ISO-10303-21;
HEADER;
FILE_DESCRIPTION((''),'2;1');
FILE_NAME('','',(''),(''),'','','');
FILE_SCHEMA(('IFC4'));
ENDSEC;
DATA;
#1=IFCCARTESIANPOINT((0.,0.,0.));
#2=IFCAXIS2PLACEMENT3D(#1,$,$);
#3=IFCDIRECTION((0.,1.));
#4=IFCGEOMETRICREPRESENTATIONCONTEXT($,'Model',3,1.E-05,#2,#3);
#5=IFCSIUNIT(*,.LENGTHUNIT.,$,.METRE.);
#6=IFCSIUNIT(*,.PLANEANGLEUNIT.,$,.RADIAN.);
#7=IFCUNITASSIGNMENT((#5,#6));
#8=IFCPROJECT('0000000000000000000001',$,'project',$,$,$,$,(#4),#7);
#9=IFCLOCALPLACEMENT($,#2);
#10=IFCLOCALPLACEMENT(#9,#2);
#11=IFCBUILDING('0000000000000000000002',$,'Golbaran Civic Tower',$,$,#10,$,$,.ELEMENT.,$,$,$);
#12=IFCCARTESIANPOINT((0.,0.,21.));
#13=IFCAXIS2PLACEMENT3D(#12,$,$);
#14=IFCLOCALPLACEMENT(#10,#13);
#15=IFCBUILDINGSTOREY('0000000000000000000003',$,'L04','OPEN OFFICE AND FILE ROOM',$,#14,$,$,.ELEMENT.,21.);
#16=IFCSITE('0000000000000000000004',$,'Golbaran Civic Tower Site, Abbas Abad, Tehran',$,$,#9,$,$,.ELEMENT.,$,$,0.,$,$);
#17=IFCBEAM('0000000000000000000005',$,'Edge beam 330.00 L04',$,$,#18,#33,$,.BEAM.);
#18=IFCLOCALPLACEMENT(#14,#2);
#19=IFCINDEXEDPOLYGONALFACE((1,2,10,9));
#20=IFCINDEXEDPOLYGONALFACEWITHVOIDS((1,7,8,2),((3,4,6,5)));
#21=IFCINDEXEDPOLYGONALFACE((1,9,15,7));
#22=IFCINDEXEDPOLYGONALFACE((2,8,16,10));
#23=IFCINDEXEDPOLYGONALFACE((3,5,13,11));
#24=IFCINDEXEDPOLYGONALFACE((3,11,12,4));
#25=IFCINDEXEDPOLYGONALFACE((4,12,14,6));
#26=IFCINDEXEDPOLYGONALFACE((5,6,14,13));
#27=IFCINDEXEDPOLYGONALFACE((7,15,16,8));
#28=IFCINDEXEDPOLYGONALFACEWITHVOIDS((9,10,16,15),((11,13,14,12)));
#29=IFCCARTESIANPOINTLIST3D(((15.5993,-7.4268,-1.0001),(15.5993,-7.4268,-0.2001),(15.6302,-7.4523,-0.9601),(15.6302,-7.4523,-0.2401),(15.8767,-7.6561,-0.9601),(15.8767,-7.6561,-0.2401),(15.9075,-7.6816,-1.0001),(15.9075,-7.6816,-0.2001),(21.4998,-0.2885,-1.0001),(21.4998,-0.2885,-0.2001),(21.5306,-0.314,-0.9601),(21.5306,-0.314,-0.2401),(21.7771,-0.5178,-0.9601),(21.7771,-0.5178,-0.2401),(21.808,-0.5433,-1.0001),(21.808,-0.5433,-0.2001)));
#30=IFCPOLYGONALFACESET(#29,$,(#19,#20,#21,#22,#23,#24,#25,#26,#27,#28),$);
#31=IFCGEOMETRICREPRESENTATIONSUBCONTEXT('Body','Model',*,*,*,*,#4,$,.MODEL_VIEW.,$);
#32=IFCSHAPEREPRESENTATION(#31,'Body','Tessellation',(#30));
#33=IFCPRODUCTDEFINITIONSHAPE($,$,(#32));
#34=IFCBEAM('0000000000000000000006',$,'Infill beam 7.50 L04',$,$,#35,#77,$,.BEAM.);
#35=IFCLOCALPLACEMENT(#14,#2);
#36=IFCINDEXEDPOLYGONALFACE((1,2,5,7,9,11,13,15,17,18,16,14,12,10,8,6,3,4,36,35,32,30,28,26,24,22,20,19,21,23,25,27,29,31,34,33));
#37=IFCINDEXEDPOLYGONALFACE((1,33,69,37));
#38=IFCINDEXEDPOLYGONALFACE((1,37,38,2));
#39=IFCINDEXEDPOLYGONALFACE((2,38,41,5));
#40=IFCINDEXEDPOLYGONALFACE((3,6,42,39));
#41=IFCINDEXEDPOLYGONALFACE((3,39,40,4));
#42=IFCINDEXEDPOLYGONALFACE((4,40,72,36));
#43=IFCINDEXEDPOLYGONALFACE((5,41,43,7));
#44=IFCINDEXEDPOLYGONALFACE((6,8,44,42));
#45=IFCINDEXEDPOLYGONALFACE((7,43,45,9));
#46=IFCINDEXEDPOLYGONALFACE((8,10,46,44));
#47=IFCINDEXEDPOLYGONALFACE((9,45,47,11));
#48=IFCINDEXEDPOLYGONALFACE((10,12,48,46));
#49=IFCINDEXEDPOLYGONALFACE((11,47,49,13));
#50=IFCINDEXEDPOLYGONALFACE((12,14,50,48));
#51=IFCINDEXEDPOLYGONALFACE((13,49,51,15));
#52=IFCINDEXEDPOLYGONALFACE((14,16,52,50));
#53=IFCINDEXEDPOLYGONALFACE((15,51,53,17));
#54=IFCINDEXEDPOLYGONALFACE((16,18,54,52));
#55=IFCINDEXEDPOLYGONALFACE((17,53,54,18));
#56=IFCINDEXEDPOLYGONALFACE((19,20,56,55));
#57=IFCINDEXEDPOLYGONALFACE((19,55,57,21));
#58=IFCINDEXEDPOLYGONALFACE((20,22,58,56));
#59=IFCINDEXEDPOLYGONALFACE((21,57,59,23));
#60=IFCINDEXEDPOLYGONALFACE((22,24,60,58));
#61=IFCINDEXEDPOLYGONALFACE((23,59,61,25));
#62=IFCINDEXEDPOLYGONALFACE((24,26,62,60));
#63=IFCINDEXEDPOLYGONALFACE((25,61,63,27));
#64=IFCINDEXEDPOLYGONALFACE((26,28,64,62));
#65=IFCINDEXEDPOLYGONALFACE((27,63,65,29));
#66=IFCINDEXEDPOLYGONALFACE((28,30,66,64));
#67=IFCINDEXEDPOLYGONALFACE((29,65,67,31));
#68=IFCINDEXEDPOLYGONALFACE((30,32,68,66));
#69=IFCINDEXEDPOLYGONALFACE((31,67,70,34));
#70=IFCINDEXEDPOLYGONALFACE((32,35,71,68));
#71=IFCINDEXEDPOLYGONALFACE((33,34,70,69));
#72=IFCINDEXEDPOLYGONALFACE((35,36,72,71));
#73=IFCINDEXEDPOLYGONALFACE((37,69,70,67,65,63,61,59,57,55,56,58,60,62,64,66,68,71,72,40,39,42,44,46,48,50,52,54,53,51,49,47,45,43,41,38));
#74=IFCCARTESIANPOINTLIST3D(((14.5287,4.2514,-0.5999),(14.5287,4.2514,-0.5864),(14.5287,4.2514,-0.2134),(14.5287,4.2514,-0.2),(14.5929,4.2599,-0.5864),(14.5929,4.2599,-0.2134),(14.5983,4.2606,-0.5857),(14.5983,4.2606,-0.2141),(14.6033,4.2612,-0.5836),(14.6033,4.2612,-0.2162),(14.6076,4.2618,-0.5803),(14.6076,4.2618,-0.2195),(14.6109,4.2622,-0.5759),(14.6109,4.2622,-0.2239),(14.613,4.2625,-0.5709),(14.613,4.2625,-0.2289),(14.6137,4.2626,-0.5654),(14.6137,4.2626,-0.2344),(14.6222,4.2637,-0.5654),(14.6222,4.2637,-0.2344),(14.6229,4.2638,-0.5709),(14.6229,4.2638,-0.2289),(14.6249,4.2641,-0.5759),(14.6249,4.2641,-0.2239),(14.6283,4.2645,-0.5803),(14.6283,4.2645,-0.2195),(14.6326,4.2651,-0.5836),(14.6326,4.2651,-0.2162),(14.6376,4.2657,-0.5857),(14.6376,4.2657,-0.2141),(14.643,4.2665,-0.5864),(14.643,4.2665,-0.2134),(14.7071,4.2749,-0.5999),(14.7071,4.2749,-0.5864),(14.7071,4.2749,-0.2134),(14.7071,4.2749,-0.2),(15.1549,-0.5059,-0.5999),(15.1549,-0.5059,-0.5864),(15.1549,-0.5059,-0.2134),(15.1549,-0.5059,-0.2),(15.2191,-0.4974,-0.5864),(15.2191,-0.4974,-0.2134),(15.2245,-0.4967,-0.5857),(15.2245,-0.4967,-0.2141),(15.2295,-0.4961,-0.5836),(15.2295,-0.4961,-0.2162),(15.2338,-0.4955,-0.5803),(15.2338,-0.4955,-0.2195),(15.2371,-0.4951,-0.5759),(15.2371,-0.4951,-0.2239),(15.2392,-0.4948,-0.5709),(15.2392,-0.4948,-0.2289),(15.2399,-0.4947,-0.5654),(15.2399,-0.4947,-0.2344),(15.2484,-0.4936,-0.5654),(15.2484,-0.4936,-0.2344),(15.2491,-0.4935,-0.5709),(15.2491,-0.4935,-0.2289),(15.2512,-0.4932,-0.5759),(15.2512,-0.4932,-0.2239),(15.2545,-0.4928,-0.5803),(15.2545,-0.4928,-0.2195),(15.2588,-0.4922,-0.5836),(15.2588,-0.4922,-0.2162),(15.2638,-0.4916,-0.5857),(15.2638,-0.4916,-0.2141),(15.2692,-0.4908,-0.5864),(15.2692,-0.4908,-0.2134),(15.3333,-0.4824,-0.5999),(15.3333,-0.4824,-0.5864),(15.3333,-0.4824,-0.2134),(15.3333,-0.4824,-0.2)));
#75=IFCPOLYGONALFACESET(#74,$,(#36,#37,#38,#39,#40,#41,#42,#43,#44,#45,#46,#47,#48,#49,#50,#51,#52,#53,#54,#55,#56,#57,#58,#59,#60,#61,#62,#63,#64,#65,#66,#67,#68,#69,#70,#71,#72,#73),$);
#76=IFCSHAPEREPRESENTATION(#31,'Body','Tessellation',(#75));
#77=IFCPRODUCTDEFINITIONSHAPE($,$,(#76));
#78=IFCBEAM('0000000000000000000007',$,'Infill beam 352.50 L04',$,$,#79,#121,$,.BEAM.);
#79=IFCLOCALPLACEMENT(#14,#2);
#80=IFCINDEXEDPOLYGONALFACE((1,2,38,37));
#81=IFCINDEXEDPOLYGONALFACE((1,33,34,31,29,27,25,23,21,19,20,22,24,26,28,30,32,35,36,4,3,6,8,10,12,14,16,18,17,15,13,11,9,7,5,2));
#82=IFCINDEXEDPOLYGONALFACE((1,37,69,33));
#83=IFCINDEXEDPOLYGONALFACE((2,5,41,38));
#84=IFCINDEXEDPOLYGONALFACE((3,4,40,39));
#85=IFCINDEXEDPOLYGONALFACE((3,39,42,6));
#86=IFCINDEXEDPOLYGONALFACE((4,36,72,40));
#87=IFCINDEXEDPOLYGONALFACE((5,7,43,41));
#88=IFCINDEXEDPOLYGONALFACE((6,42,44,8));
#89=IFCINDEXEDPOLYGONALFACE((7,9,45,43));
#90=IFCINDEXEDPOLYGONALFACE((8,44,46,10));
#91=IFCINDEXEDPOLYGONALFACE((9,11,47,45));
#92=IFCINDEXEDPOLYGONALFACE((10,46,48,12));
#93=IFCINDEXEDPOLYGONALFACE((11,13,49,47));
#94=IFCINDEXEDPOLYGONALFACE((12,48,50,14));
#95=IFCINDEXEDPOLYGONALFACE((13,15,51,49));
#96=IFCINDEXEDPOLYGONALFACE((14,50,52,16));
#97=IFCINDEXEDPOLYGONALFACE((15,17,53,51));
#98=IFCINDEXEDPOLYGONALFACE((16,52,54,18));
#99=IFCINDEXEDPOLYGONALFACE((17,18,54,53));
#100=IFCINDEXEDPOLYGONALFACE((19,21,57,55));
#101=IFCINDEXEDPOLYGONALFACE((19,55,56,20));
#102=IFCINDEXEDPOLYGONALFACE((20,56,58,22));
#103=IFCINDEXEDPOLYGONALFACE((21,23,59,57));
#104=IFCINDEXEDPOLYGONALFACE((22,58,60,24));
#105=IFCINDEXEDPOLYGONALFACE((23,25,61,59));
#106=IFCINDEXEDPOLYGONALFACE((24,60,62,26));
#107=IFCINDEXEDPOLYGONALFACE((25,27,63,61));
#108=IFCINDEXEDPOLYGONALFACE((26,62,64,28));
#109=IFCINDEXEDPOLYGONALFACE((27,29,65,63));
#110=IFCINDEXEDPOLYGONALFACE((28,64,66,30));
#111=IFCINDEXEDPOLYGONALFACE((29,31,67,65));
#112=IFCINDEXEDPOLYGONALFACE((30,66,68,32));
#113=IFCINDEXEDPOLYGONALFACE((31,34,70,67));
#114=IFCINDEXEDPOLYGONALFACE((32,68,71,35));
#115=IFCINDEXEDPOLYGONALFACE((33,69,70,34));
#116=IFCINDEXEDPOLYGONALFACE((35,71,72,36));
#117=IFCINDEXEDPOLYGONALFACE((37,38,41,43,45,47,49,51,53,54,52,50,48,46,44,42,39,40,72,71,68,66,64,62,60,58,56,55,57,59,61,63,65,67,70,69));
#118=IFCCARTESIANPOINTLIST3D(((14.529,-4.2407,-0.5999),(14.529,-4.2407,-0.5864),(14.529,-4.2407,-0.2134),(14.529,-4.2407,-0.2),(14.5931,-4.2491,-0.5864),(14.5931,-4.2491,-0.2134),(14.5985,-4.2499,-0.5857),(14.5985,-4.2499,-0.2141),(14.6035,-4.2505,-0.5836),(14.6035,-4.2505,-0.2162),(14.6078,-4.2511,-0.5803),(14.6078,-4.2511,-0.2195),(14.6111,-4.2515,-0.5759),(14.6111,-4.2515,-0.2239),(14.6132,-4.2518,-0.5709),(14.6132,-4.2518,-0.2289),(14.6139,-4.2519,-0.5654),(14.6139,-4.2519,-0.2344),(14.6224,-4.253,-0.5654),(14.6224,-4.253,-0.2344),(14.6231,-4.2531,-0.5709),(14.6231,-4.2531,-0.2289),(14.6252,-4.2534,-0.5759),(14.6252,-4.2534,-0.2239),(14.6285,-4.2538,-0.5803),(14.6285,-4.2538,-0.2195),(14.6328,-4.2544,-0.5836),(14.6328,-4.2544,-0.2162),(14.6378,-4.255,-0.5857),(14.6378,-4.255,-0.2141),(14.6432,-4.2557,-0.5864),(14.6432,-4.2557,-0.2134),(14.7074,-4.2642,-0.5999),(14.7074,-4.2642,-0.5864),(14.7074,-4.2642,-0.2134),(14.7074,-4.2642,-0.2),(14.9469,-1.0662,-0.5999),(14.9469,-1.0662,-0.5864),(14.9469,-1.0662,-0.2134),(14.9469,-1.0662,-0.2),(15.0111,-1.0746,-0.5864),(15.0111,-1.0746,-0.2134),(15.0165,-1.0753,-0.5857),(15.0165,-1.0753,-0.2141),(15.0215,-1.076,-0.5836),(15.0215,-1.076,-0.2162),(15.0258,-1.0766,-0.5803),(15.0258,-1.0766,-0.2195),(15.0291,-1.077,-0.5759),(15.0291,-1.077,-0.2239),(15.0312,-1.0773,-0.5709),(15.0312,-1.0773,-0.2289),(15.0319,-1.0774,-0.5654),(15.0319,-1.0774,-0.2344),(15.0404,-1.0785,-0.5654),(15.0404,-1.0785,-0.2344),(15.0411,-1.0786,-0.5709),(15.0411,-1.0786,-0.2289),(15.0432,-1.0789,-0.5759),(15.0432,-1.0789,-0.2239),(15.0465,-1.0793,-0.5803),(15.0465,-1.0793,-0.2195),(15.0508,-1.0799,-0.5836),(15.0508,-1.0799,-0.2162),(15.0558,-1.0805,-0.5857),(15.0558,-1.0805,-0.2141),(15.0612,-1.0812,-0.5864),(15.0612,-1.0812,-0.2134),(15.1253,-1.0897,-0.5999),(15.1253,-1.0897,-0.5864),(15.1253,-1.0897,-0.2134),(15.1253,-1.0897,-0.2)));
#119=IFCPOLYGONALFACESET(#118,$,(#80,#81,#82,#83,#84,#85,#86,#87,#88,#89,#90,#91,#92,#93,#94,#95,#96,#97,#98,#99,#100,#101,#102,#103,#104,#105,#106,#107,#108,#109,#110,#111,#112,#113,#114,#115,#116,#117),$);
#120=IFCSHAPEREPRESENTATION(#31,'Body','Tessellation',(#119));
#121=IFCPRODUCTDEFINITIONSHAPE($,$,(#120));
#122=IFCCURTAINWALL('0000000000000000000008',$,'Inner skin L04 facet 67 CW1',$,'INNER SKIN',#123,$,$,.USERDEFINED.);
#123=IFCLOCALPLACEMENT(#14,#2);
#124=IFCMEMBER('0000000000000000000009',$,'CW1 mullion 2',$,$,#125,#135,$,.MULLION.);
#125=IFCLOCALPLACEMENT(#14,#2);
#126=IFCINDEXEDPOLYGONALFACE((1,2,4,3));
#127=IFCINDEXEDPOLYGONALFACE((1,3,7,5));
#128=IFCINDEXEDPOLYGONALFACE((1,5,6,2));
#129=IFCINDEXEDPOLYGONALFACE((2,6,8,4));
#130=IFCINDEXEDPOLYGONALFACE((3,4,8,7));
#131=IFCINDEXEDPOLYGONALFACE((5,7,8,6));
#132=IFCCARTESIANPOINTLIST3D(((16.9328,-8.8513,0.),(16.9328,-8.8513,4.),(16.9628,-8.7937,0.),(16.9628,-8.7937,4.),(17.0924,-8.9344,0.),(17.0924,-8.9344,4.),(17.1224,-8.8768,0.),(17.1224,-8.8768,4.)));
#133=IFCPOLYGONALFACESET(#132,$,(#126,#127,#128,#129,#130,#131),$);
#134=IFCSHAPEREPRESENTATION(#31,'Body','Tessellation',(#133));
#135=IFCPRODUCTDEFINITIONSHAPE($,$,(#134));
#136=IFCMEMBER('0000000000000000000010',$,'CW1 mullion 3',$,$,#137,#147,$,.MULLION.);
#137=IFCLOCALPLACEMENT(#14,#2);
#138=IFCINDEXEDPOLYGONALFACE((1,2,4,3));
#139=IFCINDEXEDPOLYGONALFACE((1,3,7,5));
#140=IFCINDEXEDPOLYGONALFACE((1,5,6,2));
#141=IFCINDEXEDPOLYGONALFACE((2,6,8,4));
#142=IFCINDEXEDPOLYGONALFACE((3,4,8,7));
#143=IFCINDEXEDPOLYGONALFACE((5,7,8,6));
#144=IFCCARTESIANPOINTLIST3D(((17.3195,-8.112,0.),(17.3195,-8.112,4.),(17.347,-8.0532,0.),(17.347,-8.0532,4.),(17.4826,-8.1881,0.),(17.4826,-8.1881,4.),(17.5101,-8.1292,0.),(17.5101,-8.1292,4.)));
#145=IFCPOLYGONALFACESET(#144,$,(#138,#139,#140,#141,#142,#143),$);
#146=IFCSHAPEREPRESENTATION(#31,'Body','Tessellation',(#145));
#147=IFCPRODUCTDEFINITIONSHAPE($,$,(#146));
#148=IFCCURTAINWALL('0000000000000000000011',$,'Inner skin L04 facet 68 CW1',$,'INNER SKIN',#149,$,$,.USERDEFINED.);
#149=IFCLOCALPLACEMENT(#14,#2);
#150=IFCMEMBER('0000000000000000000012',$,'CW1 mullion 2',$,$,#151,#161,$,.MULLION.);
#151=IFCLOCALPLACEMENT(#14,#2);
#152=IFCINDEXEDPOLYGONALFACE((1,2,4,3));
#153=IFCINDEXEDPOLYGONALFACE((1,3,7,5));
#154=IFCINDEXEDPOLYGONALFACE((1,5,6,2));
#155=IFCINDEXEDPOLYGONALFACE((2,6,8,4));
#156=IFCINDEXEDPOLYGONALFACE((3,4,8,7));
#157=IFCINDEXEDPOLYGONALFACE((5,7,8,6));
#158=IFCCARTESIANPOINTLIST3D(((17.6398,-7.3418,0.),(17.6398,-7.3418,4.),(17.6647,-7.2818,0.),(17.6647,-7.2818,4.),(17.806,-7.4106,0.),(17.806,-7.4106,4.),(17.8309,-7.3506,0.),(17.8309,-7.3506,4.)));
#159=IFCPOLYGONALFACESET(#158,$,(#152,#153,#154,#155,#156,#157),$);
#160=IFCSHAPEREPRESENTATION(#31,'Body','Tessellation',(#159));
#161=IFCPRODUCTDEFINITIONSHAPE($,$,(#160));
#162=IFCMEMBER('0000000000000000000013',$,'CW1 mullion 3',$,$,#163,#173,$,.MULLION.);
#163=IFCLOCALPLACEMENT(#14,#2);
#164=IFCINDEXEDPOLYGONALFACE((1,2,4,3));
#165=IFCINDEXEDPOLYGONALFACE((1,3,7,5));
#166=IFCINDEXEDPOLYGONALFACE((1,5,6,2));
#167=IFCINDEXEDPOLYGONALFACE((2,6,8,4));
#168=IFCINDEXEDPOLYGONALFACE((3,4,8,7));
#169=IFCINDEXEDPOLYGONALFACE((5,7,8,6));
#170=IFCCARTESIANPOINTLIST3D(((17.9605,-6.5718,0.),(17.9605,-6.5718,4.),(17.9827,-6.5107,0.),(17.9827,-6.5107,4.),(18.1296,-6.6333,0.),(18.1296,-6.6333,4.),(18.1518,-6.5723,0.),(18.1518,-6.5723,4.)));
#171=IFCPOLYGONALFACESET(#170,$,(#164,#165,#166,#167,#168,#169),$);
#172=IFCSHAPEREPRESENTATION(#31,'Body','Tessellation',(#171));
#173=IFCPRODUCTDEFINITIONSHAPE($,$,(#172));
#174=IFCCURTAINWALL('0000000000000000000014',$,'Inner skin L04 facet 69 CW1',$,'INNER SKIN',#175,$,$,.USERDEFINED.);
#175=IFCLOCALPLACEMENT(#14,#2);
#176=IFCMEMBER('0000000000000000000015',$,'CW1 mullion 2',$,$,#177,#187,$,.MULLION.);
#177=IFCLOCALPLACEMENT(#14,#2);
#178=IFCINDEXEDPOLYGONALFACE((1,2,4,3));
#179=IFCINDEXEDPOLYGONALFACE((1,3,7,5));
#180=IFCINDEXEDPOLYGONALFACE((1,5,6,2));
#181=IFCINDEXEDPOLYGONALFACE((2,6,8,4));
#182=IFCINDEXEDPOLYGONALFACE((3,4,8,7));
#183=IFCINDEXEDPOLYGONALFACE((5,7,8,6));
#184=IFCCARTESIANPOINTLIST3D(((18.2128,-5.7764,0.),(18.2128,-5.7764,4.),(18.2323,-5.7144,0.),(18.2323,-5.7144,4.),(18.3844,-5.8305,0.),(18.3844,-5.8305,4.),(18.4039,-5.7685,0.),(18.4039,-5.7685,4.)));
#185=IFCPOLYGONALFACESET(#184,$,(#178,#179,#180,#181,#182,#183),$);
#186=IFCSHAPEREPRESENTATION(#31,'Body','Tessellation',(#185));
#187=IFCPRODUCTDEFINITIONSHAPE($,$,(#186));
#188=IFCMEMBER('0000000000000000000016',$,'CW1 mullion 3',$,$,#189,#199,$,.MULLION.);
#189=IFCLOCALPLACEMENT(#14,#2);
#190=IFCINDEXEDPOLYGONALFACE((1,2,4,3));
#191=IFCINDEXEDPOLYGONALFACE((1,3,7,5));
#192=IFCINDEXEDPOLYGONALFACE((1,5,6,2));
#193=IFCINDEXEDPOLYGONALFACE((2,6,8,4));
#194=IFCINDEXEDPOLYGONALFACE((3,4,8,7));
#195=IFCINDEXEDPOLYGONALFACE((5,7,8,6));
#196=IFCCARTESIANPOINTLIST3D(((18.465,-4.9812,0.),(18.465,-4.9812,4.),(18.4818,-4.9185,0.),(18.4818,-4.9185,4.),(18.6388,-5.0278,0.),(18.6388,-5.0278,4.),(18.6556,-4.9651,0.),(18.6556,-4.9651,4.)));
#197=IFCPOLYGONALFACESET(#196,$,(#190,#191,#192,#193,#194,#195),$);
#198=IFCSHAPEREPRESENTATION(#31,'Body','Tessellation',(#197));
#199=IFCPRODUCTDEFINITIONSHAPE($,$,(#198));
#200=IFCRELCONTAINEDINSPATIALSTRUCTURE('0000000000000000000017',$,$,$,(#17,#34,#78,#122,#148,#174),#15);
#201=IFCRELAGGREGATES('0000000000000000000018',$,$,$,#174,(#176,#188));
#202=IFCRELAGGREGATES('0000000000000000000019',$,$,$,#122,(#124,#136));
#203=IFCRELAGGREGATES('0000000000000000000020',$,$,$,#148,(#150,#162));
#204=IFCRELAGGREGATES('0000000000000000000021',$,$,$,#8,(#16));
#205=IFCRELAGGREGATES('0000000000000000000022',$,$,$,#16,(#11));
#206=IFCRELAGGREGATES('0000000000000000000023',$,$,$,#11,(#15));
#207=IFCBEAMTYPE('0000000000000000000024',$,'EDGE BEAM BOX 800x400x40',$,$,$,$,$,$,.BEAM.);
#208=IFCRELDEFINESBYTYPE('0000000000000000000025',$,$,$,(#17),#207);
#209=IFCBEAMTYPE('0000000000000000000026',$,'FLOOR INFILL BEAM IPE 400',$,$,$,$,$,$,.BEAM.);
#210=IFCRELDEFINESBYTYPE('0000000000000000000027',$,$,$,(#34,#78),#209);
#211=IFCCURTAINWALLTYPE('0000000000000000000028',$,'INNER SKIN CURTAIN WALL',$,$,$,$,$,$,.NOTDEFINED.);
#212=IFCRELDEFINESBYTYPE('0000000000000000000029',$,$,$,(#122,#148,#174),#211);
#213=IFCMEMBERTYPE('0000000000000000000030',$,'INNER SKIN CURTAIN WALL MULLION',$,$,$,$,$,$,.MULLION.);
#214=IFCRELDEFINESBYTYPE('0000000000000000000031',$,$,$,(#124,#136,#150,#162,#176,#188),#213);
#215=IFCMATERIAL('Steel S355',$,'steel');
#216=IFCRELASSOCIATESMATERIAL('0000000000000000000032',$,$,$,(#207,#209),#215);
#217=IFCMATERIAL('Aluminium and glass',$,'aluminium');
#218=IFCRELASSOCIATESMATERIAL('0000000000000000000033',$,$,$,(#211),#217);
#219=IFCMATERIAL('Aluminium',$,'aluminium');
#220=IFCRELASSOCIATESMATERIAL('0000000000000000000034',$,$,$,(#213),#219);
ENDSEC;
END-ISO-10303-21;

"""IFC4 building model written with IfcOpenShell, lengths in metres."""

from ifc_helpers import new_model, si_unit, direction, frame, origin, origin_2d, place, context, subcontext, project, spatial, rectangle, hollow_rectangle, i_section, extrude, material, material_profile, profile_set, type_object, element, aggregate, save


model = new_model("IFC4")

# Units and contexts
model_context = context("Model", 3, precision=1e-05, world=origin(), true_north=direction((0.0, 1.0)))
body_context = subcontext(model_context, "Body", "Model", "MODEL_VIEW")
ifc_project = project(units=[si_unit("LENGTHUNIT", "METRE"), si_unit("PLANEANGLEUNIT", "RADIAN")], contexts=[model_context])

# Site, building, storey
site_placement = place(None, origin())
site = spatial("IfcSite", under=ifc_project, at=site_placement, Name="Golbaran Civic Tower Site, Abbas Abad, Tehran", CompositionType="ELEMENT", RefElevation=0.0)
building_placement = place(site_placement, origin())
building = spatial("IfcBuilding", under=site, at=building_placement, Name="Golbaran Civic Tower", CompositionType="ELEMENT")
storey_placement = place(building_placement, frame((0.0, 0.0, 21.0)))
storey = spatial("IfcBuildingStorey", under=building, at=storey_placement, Name="L04", Description="OPEN OFFICE AND FILE ROOM", CompositionType="ELEMENT", Elevation=21.0)

# Beams
ifc_material_1 = material(Name="Steel S355", Category="steel")
ifc_material_profile_1 = material_profile(ifc_material_1, hollow_rectangle(XDim=0.3999, YDim=0.8, WallThickness=0.04, at=origin_2d()), Name="BOX 800x400x40")
ifc_profile_set_1 = profile_set([ifc_material_profile_1], Name="Steel S355")
beam_type_1 = type_object("IfcBeamType", Name="EDGE BEAM BOX 800x400x40", PredefinedType="BEAM", material=ifc_profile_set_1)
beam_1_placement = place(storey_placement, frame((15.7534, -7.5542, -0.6001), z_axis=(0.637114, 0.770769, 0.0), x_axis=(-0.770769, 0.637114, 0.0)))
element("IfcBeam", 1, at=beam_1_placement, inside=storey, type_object=beam_type_1, Name="Edge beam 330.00 L04", PredefinedType="BEAM", context=body_context, shape_type="SweptSolid", body=[
    extrude(hollow_rectangle(XDim=0.3999, YDim=0.8, WallThickness=0.04, at=origin_2d()), origin(), (0.0, 0.0, 1.0), 9.2612),
])
ifc_material_profile_2 = material_profile(ifc_material_1, i_section(OverallWidth=0.1799, OverallDepth=0.3999, WebThickness=0.0085, FlangeThickness=0.0134, FilletRadius=0.021, at=origin_2d()), Name="IPE 400")
ifc_profile_set_2 = profile_set([ifc_material_profile_2], Name="Steel S355")
beam_type_2 = type_object("IfcBeamType", Name="FLOOR INFILL BEAM IPE 400", PredefinedType="BEAM", material=ifc_profile_set_2)
beam_2_placement = place(storey_placement, frame((15.2441, -0.4941, -0.3999), z_axis=(-0.130507, 0.991447, 0.0), x_axis=(-0.991447, -0.130507, 0.0)))
element("IfcBeam", 2, at=beam_2_placement, inside=storey, type_object=beam_type_2, Name="Infill beam 7.50 L04", PredefinedType="BEAM", context=body_context, shape_type="SweptSolid", body=[
    extrude(i_section(OverallWidth=0.1799, OverallDepth=0.3999, WebThickness=0.0085, FlangeThickness=0.0134, FilletRadius=0.021, at=origin_2d()), origin(), (0.0, 0.0, 1.0), 4.7983),
])
beam_3_placement = place(storey_placement, frame((14.6182, -4.2524, -0.3999), z_axis=(0.130535, 0.991444, 0.0), x_axis=(-0.991444, 0.130535, 0.0)))
element("IfcBeam", 3, at=beam_3_placement, inside=storey, type_object=beam_type_2, Name="Infill beam 352.50 L04", PredefinedType="BEAM", context=body_context, shape_type="SweptSolid", body=[
    extrude(i_section(OverallWidth=0.1799, OverallDepth=0.3999, WebThickness=0.0085, FlangeThickness=0.0134, FilletRadius=0.021, at=origin_2d()), origin(), (0.0, 0.0, 1.0), 3.2019),
])

# Curtain walls, members
ifc_material_2 = material(Name="Aluminium and glass", Category="aluminium")
curtain_wall_type = type_object("IfcCurtainWallType", Name="INNER SKIN CURTAIN WALL", PredefinedType="NOTDEFINED", material=ifc_material_2)
curtain_wall_1_placement = place(storey_placement, origin())
curtain_wall_1 = element("IfcCurtainWall", 4, at=curtain_wall_1_placement, inside=storey, type_object=curtain_wall_type, Name="Inner skin L04 facet 67 CW1", ObjectType="INNER SKIN", PredefinedType="USERDEFINED")
ifc_material_3 = material(Name="Aluminium", Category="aluminium")
ifc_material_profile_3 = material_profile(ifc_material_3, rectangle(XDim=0.1799, YDim=0.0649, at=origin_2d()), Name="INNER SKIN CURTAIN WALL MULLION")
ifc_profile_set_3 = profile_set([ifc_material_profile_3], Name="Aluminium")
member_type_1 = type_object("IfcMemberType", Name="INNER SKIN CURTAIN WALL MULLION", PredefinedType="MULLION", material=ifc_profile_set_3)
member_1_placement = place(storey_placement, frame((17.0276, -8.864, 0.0), z_axis=(0.0, 0.0, 1.0), x_axis=(-0.887011, 0.461749, 0.0)))
member_1 = element("IfcMember", 5, at=member_1_placement, type_object=member_type_1, Name="CW1 mullion 2", PredefinedType="MULLION", context=body_context, shape_type="SweptSolid", body=[
    extrude(rectangle(XDim=0.1799, YDim=0.0649, at=origin_2d()), origin(), (0.0, 0.0, 1.0), 4.0),
])
member_2_placement = place(storey_placement, frame((17.4148, -8.1206, 0.0), z_axis=(0.0, 0.0, 1.0), x_axis=(-0.906308, 0.422618, 0.0)))
member_2 = element("IfcMember", 6, at=member_2_placement, type_object=member_type_1, Name="CW1 mullion 3", PredefinedType="MULLION", context=body_context, shape_type="SweptSolid", body=[
    extrude(rectangle(XDim=0.1799, YDim=0.0649, at=origin_2d()), origin(), (0.0, 0.0, 1.0), 4.0),
])
curtain_wall_2_placement = place(storey_placement, origin())
curtain_wall_2 = element("IfcCurtainWall", 7, at=curtain_wall_2_placement, inside=storey, type_object=curtain_wall_type, Name="Inner skin L04 facet 68 CW1", ObjectType="INNER SKIN", PredefinedType="USERDEFINED")
member_3_placement = place(storey_placement, frame((17.7354, -7.3462, 0.0), z_axis=(0.0, 0.0, 1.0), x_axis=(-0.92388, 0.382683, 0.0)))
member_3 = element("IfcMember", 8, at=member_3_placement, type_object=member_type_1, Name="CW1 mullion 2", PredefinedType="MULLION", context=body_context, shape_type="SweptSolid", body=[
    extrude(rectangle(XDim=0.1799, YDim=0.0649, at=origin_2d()), origin(), (0.0, 0.0, 1.0), 4.0),
])
member_4_placement = place(storey_placement, frame((18.0562, -6.572, 0.0), z_axis=(0.0, 0.0, 1.0), x_axis=(-0.939693, 0.34202, 0.0)))
member_4 = element("IfcMember", 9, at=member_4_placement, type_object=member_type_1, Name="CW1 mullion 3", PredefinedType="MULLION", context=body_context, shape_type="SweptSolid", body=[
    extrude(rectangle(XDim=0.1799, YDim=0.0649, at=origin_2d()), origin(), (0.0, 0.0, 1.0), 4.0),
])
curtain_wall_3_placement = place(storey_placement, origin())
curtain_wall_3 = element("IfcCurtainWall", 10, at=curtain_wall_3_placement, inside=storey, type_object=curtain_wall_type, Name="Inner skin L04 facet 69 CW1", ObjectType="INNER SKIN", PredefinedType="USERDEFINED")
member_5_placement = place(storey_placement, frame((18.3083, -5.7725, 0.0), z_axis=(0.0, 0.0, 1.0), x_axis=(-0.953717, 0.300706, 0.0)))
member_5 = element("IfcMember", 11, at=member_5_placement, type_object=member_type_1, Name="CW1 mullion 2", PredefinedType="MULLION", context=body_context, shape_type="SweptSolid", body=[
    extrude(rectangle(XDim=0.1799, YDim=0.0649, at=origin_2d()), origin(), (0.0, 0.0, 1.0), 4.0),
])
member_6_placement = place(storey_placement, frame((18.5603, -4.9731, 0.0), z_axis=(0.0, 0.0, 1.0), x_axis=(-0.965926, 0.258819, 0.0)))
member_6 = element("IfcMember", 12, at=member_6_placement, type_object=member_type_1, Name="CW1 mullion 3", PredefinedType="MULLION", context=body_context, shape_type="SweptSolid", body=[
    extrude(rectangle(XDim=0.1799, YDim=0.0649, at=origin_2d()), origin(), (0.0, 0.0, 1.0), 4.0),
])

aggregate(curtain_wall_3, [member_5, member_6])
aggregate(curtain_wall_1, [member_1, member_2])
aggregate(curtain_wall_2, [member_3, member_4])

save(model, "model.ifc")
